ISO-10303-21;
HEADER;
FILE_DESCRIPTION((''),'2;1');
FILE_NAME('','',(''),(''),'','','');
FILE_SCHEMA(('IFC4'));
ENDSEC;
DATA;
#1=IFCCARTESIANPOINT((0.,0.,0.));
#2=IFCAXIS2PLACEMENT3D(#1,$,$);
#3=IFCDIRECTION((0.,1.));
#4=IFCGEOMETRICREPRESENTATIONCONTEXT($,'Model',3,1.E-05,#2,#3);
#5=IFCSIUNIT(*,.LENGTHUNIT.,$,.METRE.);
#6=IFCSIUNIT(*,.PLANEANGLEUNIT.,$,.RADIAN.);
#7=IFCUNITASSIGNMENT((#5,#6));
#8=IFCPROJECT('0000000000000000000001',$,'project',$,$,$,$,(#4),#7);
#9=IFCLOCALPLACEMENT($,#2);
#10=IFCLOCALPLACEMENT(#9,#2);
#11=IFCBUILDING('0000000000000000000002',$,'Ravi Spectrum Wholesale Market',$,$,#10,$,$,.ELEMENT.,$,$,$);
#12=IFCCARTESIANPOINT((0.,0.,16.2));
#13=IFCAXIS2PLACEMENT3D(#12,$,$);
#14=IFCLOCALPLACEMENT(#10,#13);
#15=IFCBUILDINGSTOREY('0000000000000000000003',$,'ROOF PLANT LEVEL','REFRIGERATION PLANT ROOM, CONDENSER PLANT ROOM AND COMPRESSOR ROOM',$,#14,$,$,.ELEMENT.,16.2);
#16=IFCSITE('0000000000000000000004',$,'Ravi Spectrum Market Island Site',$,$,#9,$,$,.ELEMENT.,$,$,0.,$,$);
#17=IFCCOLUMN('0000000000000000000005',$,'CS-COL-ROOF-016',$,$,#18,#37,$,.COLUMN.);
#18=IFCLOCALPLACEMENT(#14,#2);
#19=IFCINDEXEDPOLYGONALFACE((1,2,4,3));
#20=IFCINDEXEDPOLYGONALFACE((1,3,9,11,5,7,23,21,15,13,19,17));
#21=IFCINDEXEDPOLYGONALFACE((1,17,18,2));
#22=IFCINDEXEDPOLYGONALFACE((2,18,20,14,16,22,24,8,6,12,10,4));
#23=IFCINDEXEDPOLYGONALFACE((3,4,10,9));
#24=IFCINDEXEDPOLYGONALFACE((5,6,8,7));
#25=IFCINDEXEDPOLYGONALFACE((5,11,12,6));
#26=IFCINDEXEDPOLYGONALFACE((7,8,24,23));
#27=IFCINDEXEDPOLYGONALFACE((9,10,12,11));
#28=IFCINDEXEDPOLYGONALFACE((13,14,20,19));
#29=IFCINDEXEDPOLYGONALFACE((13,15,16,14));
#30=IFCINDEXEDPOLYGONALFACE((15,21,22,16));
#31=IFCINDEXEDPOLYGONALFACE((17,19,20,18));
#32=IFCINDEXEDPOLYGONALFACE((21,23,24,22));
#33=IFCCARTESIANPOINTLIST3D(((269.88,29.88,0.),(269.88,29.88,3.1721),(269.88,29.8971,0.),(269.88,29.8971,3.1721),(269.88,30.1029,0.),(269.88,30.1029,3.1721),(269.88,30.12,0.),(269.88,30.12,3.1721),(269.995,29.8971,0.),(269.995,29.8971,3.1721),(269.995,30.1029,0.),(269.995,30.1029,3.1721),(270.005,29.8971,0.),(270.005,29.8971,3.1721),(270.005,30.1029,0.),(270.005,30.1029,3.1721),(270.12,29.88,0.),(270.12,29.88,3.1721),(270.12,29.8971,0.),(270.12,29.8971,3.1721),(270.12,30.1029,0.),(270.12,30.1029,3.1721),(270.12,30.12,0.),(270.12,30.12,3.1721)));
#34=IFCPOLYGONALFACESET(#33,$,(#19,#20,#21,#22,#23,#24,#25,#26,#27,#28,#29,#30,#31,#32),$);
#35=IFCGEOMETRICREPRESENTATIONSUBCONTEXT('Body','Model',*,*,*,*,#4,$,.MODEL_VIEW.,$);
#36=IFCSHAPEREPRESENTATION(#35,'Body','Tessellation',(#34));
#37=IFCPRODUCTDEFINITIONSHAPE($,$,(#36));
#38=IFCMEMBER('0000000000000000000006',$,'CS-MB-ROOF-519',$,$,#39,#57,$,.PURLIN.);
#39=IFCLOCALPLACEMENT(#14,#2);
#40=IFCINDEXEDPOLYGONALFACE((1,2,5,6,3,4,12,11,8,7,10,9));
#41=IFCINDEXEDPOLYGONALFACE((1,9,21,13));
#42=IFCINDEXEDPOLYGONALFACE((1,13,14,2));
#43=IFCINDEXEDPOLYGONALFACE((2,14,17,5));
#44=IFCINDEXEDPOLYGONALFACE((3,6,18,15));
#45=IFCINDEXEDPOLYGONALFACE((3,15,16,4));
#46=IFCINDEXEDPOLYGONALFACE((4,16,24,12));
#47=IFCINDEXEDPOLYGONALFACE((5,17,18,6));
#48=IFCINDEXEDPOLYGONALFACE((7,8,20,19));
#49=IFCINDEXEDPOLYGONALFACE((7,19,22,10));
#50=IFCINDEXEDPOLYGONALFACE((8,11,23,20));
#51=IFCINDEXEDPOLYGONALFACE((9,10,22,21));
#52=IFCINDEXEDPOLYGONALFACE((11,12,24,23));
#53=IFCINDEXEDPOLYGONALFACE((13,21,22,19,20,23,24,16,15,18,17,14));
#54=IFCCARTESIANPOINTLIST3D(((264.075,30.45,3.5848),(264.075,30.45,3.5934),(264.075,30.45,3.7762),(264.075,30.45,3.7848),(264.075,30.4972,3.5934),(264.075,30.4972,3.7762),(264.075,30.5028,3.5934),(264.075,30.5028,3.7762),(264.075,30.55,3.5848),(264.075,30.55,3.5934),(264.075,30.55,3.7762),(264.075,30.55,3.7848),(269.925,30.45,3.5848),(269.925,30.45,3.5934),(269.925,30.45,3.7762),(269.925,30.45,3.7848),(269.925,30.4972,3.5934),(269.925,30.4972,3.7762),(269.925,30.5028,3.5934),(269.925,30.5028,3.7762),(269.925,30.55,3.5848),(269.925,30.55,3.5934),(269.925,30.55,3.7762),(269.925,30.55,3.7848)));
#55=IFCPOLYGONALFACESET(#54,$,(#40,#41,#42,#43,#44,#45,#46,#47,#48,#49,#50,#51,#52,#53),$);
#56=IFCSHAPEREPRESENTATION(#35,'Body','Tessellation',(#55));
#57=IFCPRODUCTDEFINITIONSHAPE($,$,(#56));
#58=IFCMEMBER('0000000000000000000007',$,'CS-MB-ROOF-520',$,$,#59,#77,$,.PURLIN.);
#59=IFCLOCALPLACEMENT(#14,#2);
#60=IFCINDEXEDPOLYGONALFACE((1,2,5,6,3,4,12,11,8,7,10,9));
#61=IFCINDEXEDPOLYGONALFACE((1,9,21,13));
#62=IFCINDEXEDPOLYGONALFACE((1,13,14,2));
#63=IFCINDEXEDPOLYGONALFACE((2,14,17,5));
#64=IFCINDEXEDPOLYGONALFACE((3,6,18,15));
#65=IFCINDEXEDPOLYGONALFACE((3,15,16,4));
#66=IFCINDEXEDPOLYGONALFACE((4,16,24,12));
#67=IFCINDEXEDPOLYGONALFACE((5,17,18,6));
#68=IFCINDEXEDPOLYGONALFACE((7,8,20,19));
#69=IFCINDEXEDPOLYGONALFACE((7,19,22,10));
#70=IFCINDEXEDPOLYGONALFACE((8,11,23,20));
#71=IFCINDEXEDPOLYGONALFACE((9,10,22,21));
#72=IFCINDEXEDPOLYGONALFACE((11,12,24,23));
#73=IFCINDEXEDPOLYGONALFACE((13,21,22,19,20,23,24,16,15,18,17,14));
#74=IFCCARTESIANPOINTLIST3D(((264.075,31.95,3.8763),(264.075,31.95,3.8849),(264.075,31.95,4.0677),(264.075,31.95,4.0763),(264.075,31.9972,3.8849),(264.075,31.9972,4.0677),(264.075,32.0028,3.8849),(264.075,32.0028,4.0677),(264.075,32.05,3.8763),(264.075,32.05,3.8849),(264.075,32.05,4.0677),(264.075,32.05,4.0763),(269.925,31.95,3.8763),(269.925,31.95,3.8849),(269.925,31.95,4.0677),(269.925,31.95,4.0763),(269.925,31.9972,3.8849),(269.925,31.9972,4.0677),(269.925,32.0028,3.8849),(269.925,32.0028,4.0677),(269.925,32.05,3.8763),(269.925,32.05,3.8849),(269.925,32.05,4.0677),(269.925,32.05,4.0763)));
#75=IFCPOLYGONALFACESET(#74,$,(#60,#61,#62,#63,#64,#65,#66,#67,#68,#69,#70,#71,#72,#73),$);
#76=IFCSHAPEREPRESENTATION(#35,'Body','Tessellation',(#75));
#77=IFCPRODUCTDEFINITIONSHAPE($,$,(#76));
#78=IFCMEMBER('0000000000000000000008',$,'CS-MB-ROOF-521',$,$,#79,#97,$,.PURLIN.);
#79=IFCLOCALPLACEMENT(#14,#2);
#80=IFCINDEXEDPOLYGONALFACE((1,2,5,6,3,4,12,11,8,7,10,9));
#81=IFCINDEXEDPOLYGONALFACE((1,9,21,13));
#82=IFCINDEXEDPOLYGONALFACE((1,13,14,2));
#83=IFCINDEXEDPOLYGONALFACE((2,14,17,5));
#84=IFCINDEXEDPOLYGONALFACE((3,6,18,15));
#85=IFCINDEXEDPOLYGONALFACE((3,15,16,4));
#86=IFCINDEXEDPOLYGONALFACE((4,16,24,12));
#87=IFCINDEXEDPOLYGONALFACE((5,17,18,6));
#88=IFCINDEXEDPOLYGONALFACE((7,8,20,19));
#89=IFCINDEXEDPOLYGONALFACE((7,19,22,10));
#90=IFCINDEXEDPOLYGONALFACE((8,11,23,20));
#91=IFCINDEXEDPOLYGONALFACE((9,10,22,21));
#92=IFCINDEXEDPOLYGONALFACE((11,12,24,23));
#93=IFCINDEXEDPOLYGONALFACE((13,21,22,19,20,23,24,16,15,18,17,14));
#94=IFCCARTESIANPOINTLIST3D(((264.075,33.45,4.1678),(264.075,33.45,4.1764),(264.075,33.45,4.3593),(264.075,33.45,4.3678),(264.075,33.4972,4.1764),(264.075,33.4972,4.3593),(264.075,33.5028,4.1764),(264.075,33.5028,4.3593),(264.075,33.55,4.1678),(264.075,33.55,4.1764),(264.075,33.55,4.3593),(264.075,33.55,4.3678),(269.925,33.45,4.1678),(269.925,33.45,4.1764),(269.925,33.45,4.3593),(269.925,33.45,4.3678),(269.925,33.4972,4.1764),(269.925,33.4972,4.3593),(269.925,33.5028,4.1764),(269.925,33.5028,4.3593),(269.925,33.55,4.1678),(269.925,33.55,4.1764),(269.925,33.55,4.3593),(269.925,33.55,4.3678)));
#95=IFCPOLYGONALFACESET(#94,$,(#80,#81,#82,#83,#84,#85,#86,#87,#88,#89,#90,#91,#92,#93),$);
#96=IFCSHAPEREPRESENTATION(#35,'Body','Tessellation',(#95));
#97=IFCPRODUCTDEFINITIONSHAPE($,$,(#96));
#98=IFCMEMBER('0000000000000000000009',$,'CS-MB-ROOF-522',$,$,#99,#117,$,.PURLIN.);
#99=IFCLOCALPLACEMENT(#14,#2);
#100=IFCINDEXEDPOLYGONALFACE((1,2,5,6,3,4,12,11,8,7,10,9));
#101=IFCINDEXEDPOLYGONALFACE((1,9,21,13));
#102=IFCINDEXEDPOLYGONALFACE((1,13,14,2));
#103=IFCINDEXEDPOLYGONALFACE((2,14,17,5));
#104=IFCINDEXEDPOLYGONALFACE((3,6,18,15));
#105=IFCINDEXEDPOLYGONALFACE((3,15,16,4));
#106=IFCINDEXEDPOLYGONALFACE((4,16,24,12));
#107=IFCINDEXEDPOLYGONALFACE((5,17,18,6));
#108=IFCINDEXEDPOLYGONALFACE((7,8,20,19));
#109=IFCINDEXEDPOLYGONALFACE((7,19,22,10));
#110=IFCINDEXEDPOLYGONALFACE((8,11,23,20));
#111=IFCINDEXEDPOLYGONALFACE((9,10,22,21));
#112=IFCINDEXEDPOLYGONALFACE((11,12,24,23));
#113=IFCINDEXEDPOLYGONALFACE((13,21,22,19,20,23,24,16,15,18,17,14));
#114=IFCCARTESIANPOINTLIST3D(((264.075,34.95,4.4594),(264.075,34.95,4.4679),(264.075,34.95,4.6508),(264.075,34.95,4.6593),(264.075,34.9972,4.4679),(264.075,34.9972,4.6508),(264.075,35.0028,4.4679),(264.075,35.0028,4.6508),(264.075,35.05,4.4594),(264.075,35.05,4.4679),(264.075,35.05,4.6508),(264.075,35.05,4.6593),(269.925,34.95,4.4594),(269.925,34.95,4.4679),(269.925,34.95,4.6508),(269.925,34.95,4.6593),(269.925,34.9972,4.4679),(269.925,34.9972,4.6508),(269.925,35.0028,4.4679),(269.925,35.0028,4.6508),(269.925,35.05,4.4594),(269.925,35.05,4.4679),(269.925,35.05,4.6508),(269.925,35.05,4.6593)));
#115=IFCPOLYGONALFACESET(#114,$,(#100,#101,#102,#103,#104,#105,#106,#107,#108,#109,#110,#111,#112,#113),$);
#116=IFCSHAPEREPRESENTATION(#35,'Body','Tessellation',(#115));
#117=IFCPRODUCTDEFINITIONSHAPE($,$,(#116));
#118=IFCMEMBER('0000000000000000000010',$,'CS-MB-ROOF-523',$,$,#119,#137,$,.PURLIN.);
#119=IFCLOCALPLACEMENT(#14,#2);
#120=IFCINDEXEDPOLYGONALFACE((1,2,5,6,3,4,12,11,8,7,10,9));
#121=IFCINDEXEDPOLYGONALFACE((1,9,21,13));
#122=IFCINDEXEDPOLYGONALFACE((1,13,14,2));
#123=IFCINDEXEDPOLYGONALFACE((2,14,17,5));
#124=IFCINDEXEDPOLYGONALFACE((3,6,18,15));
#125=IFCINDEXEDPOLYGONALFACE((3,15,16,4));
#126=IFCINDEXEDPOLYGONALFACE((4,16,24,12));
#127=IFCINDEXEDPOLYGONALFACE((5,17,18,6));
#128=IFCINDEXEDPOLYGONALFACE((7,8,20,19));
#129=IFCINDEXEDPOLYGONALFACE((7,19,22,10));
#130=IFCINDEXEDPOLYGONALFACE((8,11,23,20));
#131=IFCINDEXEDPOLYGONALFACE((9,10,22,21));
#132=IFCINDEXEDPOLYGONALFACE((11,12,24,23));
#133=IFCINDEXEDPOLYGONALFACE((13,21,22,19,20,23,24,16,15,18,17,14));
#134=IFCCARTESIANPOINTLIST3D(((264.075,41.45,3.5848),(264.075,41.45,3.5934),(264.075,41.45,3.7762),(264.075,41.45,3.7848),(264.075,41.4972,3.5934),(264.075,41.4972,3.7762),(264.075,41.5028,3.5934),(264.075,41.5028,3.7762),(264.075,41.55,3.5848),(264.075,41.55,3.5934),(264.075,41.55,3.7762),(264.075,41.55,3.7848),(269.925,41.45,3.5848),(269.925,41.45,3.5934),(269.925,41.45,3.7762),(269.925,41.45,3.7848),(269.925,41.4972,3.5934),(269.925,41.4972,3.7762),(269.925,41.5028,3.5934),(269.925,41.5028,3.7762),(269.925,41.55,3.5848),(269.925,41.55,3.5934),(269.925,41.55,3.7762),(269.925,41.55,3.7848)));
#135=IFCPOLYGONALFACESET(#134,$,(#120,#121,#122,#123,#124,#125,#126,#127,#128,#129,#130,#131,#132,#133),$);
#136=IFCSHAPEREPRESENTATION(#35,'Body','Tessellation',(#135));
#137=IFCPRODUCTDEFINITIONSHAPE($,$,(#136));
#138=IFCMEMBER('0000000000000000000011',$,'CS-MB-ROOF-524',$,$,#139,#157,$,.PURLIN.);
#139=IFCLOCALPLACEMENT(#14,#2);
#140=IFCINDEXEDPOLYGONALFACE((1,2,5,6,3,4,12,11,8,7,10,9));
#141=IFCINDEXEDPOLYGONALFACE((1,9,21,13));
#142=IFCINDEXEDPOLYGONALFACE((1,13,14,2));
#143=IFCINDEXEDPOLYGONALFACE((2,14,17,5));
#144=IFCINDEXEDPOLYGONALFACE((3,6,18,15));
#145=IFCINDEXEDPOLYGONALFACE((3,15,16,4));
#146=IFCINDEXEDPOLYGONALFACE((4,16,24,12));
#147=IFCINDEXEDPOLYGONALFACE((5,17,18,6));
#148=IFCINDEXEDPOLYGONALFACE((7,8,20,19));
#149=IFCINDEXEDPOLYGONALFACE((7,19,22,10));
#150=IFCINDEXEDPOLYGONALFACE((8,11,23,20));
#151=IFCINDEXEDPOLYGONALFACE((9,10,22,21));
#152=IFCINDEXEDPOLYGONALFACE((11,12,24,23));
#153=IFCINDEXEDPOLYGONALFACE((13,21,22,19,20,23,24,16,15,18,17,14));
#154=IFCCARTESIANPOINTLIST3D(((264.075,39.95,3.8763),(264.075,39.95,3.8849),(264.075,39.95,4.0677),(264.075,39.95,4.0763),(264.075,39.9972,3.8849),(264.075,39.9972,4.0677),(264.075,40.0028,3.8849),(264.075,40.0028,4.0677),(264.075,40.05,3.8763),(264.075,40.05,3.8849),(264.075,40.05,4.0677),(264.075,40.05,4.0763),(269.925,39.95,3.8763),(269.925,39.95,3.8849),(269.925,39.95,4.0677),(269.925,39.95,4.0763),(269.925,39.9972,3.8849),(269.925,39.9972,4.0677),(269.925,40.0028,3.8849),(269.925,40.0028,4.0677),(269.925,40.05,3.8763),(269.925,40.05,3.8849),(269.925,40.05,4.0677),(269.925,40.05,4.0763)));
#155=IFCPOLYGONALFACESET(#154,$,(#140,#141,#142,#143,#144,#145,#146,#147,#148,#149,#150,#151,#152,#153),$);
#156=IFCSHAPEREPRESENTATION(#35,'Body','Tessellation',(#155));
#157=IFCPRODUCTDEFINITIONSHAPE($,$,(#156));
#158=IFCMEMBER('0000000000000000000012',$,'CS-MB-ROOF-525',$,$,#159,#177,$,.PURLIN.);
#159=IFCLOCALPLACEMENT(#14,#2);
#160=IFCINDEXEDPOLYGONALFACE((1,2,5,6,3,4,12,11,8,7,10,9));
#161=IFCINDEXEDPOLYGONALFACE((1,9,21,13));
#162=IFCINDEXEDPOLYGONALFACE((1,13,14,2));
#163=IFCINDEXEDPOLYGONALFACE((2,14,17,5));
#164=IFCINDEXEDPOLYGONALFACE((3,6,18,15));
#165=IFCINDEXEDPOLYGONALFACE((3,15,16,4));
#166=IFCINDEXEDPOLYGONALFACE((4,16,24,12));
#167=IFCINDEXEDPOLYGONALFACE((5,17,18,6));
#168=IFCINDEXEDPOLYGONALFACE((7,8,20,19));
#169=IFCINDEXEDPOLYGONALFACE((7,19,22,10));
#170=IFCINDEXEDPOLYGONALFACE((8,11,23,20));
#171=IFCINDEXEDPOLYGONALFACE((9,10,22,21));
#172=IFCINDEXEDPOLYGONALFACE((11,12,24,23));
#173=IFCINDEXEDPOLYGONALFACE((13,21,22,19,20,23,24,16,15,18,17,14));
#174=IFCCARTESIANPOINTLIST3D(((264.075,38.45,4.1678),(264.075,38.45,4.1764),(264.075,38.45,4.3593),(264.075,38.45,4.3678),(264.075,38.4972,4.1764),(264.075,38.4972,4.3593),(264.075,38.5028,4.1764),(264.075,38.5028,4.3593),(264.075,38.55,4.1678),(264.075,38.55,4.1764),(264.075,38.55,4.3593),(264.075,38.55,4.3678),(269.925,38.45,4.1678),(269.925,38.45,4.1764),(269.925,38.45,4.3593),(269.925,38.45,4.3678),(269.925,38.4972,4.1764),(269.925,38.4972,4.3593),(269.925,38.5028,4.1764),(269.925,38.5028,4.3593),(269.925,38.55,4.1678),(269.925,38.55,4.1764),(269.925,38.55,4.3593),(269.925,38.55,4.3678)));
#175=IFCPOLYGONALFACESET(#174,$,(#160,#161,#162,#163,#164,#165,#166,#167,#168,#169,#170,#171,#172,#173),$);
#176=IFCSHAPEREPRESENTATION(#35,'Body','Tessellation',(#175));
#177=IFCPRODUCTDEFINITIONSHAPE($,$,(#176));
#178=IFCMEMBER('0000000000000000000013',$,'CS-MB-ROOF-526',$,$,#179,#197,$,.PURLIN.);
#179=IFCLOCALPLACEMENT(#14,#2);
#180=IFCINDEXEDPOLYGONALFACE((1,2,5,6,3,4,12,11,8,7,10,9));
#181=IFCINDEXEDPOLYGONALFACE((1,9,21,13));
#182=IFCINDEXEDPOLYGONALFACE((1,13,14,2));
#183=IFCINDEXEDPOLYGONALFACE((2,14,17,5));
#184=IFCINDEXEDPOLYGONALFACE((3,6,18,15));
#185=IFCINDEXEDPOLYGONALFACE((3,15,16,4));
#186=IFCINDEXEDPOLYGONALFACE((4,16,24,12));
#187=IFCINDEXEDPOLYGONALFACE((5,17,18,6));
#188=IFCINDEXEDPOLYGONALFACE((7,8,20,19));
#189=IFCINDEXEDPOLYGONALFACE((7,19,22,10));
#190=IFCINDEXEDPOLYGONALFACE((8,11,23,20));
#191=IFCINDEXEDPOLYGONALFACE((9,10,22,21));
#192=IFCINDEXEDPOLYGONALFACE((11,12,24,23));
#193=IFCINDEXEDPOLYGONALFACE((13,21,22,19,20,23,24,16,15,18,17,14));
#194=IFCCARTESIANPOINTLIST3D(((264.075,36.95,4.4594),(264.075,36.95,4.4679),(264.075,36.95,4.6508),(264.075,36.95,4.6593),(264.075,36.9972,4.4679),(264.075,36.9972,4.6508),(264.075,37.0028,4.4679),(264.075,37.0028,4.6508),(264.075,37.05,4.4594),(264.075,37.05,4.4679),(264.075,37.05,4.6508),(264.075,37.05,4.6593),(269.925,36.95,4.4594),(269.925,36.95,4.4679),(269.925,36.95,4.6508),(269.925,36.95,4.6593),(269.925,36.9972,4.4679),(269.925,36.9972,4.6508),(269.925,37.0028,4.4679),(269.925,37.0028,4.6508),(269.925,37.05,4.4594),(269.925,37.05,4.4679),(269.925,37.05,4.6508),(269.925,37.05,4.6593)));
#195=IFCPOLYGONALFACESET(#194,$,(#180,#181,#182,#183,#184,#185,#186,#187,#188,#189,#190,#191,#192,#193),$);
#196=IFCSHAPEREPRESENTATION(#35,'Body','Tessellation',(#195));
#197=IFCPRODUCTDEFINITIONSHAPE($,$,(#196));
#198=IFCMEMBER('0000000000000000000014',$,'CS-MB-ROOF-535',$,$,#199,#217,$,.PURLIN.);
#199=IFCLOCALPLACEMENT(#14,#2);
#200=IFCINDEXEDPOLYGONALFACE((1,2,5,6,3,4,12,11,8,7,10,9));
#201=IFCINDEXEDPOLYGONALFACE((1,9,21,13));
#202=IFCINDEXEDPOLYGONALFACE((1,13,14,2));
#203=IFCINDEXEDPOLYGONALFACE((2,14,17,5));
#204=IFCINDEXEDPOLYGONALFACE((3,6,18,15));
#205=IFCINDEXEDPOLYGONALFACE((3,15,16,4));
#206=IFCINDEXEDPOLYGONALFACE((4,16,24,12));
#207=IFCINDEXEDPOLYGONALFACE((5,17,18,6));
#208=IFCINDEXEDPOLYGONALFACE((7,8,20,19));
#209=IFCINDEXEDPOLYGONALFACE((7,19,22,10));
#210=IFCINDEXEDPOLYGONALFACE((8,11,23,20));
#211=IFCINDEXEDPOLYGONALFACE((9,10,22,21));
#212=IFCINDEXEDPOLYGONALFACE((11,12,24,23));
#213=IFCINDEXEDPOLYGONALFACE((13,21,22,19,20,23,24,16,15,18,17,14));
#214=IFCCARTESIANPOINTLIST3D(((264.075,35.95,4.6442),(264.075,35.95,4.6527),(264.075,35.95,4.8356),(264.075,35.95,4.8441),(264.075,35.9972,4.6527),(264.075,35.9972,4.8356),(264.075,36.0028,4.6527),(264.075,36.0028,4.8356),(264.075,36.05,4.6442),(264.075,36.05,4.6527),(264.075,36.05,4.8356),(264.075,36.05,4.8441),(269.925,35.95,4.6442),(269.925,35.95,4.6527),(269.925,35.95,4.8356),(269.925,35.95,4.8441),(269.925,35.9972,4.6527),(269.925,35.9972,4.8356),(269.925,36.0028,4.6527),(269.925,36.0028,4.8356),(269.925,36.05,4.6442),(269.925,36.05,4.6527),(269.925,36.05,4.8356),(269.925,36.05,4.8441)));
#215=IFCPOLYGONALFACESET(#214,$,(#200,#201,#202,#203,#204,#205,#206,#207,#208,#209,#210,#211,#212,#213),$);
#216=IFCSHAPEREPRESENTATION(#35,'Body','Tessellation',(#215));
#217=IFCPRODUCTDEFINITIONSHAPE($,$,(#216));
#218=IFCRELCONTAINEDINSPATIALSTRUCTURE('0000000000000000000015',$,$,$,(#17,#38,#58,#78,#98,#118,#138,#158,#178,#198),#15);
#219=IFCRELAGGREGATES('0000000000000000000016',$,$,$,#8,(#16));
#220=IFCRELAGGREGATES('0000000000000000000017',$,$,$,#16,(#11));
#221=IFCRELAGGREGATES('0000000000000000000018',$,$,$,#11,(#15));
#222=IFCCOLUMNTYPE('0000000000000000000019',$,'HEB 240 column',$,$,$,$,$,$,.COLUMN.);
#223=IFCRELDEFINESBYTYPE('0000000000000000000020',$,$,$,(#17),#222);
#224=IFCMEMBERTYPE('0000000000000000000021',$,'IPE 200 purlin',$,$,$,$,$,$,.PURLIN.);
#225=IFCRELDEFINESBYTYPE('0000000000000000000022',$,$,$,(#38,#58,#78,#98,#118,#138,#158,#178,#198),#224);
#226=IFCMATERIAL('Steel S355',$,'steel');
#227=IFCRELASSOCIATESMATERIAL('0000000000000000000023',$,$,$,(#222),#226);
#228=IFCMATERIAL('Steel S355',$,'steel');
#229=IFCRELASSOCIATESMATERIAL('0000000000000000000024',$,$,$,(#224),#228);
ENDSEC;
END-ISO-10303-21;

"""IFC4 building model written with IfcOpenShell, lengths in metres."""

from ifc_helpers import new_model, si_unit, direction, frame, origin, origin_2d, place, context, subcontext, project, spatial, i_section, extrude, material, material_profile, profile_set, type_object, element, save


model = new_model("IFC4")

# Units and contexts
model_context = context("Model", 3, precision=1e-05, world=origin(), true_north=direction((0.0, 1.0)))
body_context = subcontext(model_context, "Body", "Model", "MODEL_VIEW")
ifc_project = project(units=[si_unit("LENGTHUNIT", "METRE"), si_unit("PLANEANGLEUNIT", "RADIAN")], contexts=[model_context])

# Site, building, storey
site_placement = place(None, origin())
site = spatial("IfcSite", under=ifc_project, at=site_placement, Name="Ravi Spectrum Market Island Site", CompositionType="ELEMENT", RefElevation=0.0)
building_placement = place(site_placement, origin())
building = spatial("IfcBuilding", under=site, at=building_placement, Name="Ravi Spectrum Wholesale Market", CompositionType="ELEMENT")
storey_placement = place(building_placement, frame((0.0, 0.0, 16.2)))
storey = spatial("IfcBuildingStorey", under=building, at=storey_placement, Name="ROOF PLANT LEVEL", Description="REFRIGERATION PLANT ROOM, CONDENSER PLANT ROOM AND COMPRESSOR ROOM", CompositionType="ELEMENT", Elevation=16.2)

# Column
ifc_material_1 = material(Name="Steel S355", Category="steel")
ifc_material_profile_1 = material_profile(ifc_material_1, i_section(OverallWidth=0.24, OverallDepth=0.24, WebThickness=0.01, FlangeThickness=0.0171, at=origin_2d()))
ifc_profile_set_1 = profile_set([ifc_material_profile_1], Name="Steel S355")
column_type = type_object("IfcColumnType", Name="HEB 240 column", PredefinedType="COLUMN", material=ifc_profile_set_1)
column_placement = place(storey_placement, frame((270.0, 30.0, 0.0), z_axis=(0.0, 0.0, 1.0), x_axis=(1.0, 0.0, 0.0)))
element("IfcColumn", 1, at=column_placement, inside=storey, type_object=column_type, Name="CS-COL-ROOF-016", PredefinedType="COLUMN", context=body_context, shape_type="SweptSolid", body=[
    extrude(i_section(OverallWidth=0.24, OverallDepth=0.24, WebThickness=0.01, FlangeThickness=0.0171, at=origin_2d()), origin(), (0.0, 0.0, 1.0), 3.1721),
])

# Members
ifc_material_2 = material(Name="Steel S355", Category="steel")
ifc_material_profile_2 = material_profile(ifc_material_2, i_section(OverallWidth=0.1001, OverallDepth=0.2, WebThickness=0.0056, FlangeThickness=0.0085, at=origin_2d()))
ifc_profile_set_2 = profile_set([ifc_material_profile_2], Name="Steel S355")
member_type_1 = type_object("IfcMemberType", Name="IPE 200 purlin", PredefinedType="PURLIN", material=ifc_profile_set_2)
for number, where, z_axis, x_axis, name in (
    (2, (264.075, 30.5, 3.6848), (1.0, 0.0, 0.0), (0.0, 1.0, 0.0), "CS-MB-ROOF-519"),
    (3, (264.075, 32.0, 3.9763), (1.0, 0.0, 0.0), (0.0, 1.0, 0.0), "CS-MB-ROOF-520"),
    (4, (264.075, 33.5, 4.2678), (1.0, 0.0, 0.0), (0.0, 1.0, 0.0), "CS-MB-ROOF-521"),
    (5, (264.075, 35.0, 4.5593), (1.0, 0.0, 0.0), (0.0, 1.0, 0.0), "CS-MB-ROOF-522"),
    (6, (264.075, 41.5, 3.6848), (1.0, 0.0, 0.0), (0.0, 1.0, 0.0), "CS-MB-ROOF-523"),
    (7, (264.075, 40.0, 3.9763), (1.0, 0.0, 0.0), (0.0, 1.0, 0.0), "CS-MB-ROOF-524"),
    (8, (264.075, 38.5, 4.2678), (1.0, 0.0, 0.0), (0.0, 1.0, 0.0), "CS-MB-ROOF-525"),
    (9, (264.075, 37.0, 4.5593), (1.0, 0.0, 0.0), (0.0, 1.0, 0.0), "CS-MB-ROOF-526"),
    (10, (264.075, 36.0, 4.7441), (1.0, 0.0, 0.0), (0.0, 1.0, 0.0), "CS-MB-ROOF-535"),
):
    element("IfcMember", number, at=place(storey_placement, frame(where, z_axis=z_axis, x_axis=x_axis)), inside=storey, type_object=member_type_1, Name=name, PredefinedType="PURLIN", context=body_context, shape_type="SweptSolid", body=[
        extrude(i_section(OverallWidth=0.1001, OverallDepth=0.2, WebThickness=0.0056, FlangeThickness=0.0085, at=origin_2d()), origin(), (0.0, 0.0, 1.0), 5.8501),
    ])

save(model, "model.ifc")
